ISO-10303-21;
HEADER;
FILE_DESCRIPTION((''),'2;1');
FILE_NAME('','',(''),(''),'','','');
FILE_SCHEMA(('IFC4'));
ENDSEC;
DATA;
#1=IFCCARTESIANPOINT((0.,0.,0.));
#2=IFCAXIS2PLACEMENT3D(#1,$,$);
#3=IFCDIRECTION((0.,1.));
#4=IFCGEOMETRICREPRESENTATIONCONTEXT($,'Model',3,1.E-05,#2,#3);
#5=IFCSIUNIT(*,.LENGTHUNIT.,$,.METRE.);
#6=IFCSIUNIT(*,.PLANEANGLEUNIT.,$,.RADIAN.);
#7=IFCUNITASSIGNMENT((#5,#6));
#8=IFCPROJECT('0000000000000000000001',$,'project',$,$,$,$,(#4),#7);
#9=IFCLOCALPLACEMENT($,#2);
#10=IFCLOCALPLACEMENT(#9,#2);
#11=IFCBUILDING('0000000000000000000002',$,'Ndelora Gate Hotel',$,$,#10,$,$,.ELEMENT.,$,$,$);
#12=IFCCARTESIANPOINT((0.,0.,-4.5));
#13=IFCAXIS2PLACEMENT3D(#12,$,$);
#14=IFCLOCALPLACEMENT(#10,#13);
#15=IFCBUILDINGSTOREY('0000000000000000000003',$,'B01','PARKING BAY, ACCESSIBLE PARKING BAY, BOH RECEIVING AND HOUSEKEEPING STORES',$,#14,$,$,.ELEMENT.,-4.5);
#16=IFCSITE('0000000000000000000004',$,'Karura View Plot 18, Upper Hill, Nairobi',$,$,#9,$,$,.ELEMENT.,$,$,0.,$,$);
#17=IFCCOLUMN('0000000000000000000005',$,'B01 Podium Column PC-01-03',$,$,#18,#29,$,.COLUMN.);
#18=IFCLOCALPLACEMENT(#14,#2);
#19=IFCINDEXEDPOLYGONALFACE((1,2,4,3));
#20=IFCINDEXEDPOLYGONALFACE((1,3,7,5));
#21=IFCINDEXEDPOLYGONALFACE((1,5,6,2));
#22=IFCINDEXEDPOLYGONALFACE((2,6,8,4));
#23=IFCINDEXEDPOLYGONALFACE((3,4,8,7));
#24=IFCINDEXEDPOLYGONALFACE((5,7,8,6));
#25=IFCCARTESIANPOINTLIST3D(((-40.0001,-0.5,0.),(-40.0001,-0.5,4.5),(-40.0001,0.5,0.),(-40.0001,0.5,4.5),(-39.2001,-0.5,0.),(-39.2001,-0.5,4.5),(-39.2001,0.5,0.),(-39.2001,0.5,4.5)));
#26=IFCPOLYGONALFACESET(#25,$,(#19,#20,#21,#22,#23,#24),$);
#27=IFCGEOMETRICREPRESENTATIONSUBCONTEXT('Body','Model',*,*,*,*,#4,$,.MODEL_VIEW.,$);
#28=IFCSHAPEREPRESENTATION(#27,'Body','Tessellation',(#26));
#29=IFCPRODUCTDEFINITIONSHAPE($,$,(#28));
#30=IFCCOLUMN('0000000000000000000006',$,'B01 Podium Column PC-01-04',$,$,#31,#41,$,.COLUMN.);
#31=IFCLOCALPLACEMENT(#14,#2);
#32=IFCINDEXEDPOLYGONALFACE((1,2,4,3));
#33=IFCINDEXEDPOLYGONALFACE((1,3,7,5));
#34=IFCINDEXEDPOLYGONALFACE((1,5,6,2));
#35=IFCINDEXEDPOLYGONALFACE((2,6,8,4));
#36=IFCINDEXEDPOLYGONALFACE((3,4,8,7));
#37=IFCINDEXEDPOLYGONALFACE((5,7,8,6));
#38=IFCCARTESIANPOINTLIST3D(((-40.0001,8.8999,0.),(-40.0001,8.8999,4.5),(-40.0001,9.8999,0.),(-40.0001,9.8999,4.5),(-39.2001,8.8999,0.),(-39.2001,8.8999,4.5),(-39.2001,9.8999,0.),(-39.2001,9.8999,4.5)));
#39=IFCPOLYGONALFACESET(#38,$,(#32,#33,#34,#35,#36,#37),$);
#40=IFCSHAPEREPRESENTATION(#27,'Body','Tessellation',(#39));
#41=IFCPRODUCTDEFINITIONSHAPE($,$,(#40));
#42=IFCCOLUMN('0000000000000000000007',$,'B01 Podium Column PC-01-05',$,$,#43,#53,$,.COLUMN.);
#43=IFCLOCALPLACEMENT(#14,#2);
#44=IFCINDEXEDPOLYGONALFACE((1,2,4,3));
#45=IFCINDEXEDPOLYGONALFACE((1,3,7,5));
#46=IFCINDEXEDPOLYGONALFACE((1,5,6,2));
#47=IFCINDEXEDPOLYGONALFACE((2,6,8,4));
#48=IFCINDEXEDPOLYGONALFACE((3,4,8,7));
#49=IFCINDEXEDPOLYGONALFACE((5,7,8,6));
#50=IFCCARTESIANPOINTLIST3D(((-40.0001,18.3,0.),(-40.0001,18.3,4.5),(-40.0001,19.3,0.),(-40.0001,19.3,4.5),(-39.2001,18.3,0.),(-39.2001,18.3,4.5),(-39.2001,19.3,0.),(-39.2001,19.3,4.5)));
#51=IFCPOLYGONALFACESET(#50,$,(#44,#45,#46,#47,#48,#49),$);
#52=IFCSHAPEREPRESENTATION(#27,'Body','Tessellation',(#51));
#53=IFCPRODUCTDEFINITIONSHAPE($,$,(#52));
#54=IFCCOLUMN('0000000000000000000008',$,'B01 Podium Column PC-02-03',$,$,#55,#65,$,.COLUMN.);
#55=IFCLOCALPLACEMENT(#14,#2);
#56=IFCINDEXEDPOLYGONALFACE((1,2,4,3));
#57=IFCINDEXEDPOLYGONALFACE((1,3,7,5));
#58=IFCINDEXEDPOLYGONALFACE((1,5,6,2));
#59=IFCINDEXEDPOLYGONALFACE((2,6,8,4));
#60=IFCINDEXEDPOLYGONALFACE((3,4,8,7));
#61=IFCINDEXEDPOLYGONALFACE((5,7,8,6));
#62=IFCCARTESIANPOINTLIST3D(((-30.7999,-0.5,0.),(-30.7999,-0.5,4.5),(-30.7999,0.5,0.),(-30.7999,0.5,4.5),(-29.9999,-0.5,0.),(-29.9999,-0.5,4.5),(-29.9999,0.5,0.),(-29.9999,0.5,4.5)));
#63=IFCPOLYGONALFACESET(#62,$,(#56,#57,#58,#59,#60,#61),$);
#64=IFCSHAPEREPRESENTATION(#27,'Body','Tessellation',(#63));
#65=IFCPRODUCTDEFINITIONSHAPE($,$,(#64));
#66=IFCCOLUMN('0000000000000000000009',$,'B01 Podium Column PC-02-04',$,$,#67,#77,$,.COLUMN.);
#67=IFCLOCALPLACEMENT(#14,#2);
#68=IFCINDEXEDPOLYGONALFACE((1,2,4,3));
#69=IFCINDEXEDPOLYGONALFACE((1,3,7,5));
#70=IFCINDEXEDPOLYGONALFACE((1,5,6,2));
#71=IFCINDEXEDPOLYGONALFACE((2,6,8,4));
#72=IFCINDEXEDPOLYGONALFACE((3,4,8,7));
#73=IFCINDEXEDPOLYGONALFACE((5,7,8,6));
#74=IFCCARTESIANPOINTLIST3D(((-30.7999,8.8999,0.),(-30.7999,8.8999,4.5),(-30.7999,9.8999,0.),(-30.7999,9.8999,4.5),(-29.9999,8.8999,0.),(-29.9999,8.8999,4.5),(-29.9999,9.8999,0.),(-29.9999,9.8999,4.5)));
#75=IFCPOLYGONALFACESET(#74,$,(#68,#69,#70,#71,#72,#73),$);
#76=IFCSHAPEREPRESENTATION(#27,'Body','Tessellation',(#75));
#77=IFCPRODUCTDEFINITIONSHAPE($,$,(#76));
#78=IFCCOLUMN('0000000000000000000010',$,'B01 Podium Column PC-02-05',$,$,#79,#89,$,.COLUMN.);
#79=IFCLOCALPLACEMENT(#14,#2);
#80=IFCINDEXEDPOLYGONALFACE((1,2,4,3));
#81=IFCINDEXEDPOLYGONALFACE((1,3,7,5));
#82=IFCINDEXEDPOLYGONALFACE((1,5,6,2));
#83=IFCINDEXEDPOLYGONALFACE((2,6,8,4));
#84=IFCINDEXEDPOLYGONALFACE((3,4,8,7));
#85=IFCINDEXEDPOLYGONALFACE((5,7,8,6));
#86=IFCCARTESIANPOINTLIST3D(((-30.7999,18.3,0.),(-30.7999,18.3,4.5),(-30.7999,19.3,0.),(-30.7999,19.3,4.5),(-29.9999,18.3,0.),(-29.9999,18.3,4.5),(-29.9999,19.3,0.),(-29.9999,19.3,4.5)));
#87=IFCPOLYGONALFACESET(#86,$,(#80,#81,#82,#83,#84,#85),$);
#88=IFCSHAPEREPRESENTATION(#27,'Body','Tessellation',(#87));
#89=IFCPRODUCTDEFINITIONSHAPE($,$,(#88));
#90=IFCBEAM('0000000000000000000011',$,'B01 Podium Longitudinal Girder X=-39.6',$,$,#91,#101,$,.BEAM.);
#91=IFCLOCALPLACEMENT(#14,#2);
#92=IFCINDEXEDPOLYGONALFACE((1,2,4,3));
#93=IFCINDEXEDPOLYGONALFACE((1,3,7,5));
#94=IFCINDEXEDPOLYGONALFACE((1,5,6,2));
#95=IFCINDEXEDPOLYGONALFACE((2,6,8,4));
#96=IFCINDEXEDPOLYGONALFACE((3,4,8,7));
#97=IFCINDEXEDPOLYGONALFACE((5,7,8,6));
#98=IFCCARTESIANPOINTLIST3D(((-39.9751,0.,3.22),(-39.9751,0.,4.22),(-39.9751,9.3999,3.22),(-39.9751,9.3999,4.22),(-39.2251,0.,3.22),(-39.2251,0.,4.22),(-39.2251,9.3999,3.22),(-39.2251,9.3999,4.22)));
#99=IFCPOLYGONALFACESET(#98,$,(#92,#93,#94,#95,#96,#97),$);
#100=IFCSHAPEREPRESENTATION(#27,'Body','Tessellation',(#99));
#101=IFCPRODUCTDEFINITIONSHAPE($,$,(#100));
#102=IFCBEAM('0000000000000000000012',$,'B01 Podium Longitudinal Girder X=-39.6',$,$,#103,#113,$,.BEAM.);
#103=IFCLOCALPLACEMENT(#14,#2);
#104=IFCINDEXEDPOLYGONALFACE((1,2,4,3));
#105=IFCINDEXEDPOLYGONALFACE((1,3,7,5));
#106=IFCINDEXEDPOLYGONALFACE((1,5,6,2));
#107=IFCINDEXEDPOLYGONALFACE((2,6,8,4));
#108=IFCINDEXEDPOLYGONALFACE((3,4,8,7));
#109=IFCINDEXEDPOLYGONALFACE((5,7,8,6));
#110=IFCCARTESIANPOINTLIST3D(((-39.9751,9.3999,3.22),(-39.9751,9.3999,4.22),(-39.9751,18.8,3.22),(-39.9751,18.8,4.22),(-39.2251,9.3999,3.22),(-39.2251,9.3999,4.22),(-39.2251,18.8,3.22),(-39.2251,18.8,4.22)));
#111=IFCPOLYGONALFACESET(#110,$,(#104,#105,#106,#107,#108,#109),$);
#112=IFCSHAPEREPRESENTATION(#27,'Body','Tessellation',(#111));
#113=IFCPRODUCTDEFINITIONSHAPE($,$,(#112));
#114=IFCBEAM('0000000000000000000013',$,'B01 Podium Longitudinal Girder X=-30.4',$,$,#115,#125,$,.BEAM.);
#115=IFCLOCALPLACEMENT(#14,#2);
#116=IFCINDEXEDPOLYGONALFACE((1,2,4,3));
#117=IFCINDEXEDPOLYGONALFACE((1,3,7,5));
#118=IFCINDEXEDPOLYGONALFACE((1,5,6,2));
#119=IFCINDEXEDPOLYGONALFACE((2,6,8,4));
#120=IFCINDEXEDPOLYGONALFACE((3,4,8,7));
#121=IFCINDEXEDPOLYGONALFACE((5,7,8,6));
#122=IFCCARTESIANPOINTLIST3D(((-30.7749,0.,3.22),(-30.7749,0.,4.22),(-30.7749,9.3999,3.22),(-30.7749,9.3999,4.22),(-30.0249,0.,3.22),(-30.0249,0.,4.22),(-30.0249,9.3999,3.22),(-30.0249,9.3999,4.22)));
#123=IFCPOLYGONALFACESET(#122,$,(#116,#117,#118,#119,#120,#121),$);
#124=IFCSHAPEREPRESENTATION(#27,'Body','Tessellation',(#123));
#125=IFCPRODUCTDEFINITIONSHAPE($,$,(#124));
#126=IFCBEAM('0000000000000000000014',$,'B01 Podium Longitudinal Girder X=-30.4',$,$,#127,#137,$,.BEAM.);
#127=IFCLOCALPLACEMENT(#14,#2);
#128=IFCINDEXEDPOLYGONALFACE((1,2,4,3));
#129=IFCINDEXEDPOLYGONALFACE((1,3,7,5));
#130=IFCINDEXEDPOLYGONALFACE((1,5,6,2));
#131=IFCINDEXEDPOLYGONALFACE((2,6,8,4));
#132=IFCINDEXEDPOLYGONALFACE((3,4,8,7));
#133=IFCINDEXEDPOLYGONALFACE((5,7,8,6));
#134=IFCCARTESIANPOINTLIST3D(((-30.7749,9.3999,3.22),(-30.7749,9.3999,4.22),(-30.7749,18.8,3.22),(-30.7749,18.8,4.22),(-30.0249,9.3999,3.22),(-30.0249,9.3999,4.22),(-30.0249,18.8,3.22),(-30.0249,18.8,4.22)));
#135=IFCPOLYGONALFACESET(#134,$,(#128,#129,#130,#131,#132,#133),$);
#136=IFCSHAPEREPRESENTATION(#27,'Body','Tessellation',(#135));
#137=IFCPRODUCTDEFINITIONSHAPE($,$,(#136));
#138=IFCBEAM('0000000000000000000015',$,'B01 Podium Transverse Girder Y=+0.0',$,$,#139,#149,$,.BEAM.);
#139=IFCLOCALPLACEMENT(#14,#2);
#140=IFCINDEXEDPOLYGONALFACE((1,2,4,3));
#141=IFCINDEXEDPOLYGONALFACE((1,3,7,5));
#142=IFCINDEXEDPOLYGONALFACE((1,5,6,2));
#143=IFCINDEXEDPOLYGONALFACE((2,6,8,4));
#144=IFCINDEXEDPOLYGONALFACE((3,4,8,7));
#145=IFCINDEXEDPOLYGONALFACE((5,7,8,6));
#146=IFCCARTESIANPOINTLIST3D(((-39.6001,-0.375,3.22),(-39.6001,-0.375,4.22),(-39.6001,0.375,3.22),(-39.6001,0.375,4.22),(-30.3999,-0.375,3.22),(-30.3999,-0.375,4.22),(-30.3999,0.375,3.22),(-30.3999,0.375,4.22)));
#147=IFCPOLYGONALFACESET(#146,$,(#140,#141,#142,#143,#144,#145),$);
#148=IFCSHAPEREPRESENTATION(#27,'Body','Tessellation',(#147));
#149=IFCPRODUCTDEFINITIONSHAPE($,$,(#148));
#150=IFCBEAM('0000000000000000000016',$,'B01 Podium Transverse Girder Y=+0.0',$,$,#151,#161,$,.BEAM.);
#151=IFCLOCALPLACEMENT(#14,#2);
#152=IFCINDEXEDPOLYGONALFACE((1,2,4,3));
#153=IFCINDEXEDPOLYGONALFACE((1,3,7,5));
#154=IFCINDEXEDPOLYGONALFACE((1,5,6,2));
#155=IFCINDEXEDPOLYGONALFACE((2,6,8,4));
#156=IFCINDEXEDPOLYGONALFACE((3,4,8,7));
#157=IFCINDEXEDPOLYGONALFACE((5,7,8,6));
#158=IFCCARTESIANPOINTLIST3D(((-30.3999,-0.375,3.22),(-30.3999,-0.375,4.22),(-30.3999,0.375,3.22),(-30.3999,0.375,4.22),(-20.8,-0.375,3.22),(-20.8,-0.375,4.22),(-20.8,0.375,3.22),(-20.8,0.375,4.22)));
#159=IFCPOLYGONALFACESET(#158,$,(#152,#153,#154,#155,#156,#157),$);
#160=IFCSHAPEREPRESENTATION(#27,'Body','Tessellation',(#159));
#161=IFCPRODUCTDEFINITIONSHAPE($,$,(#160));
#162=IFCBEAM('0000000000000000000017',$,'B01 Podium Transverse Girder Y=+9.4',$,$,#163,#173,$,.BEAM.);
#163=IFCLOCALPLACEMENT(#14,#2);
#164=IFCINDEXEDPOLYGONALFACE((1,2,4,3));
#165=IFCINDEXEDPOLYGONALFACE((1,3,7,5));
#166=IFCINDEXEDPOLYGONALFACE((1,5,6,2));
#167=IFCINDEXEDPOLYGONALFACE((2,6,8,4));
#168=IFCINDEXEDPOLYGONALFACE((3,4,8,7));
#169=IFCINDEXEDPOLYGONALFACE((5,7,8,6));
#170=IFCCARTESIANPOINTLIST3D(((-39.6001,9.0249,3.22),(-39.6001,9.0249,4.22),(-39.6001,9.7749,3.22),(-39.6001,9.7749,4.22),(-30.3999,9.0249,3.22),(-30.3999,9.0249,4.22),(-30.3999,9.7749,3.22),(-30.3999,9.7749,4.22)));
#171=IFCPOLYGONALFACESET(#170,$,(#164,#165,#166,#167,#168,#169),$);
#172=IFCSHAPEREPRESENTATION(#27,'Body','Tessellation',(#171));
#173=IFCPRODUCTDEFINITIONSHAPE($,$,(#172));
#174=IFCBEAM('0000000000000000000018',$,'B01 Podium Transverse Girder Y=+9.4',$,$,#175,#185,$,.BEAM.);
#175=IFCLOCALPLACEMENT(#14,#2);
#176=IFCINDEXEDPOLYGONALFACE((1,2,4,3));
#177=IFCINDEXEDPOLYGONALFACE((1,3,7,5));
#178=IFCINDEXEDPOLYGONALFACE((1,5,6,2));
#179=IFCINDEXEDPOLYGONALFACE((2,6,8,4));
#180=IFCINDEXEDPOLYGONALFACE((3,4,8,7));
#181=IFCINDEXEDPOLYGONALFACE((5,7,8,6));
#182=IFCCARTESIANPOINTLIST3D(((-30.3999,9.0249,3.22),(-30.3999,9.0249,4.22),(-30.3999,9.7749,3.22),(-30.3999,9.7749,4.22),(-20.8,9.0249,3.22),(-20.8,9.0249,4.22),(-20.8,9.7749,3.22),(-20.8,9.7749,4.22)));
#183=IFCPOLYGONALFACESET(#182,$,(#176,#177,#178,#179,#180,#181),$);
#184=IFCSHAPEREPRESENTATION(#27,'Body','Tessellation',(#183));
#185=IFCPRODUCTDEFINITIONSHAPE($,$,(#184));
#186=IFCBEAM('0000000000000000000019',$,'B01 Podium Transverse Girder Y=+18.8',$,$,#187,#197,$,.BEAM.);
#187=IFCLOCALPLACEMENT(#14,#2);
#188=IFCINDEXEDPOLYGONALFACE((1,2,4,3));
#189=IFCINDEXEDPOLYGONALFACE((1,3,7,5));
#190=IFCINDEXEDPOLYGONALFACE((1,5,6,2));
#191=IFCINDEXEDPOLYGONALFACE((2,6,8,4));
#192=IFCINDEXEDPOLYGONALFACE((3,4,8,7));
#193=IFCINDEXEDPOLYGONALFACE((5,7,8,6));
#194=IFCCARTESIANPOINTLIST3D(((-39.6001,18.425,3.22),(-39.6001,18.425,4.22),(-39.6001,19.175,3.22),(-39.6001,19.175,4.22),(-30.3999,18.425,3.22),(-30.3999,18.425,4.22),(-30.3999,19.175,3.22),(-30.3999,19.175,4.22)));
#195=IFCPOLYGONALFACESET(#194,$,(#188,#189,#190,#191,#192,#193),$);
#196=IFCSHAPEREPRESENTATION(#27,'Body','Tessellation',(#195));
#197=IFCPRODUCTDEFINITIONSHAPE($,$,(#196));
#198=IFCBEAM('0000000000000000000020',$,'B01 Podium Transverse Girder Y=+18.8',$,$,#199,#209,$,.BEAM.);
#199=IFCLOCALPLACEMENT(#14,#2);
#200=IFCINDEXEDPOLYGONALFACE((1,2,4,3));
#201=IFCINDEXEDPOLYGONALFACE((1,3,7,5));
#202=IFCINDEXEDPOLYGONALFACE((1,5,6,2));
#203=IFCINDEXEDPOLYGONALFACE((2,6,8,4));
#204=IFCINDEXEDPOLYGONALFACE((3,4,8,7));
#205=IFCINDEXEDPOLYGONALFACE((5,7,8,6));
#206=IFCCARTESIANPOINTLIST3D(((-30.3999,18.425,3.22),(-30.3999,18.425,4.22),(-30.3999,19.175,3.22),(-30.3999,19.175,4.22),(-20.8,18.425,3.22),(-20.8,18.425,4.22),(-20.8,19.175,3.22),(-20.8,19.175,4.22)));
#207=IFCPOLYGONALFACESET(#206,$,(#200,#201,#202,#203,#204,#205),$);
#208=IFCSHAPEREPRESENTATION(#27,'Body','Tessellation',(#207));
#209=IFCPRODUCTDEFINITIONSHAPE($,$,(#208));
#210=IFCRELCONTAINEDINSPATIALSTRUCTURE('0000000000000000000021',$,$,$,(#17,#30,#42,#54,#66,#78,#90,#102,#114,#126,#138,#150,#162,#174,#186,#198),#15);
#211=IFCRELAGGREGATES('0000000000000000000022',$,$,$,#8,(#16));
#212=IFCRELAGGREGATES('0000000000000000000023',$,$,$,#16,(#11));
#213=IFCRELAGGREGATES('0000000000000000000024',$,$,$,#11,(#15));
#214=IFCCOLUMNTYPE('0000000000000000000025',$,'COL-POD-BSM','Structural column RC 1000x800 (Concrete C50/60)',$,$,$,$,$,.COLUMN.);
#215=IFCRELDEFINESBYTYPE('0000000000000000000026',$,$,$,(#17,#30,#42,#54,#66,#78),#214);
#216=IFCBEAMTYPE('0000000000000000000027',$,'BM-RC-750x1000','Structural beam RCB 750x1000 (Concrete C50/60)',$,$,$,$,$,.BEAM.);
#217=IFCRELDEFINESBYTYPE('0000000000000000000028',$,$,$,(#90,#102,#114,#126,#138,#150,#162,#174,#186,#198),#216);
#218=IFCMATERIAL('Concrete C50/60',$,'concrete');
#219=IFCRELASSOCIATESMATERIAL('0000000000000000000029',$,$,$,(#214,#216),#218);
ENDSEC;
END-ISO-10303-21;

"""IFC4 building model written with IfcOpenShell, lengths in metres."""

from ifc_helpers import new_model, si_unit, direction, frame, origin, origin_2d, place, context, subcontext, project, spatial, rectangle, extrude, material, material_profile, profile_set, type_object, element, save


model = new_model("IFC4")

# Units and contexts
model_context = context("Model", 3, precision=1e-05, world=origin(), true_north=direction((0.0, 1.0)))
body_context = subcontext(model_context, "Body", "Model", "MODEL_VIEW")
ifc_project = project(units=[si_unit("LENGTHUNIT", "METRE"), si_unit("PLANEANGLEUNIT", "RADIAN")], contexts=[model_context])

# Site, building, storey
site_placement = place(None, origin())
site = spatial("IfcSite", under=ifc_project, at=site_placement, Name="Karura View Plot 18, Upper Hill, Nairobi", CompositionType="ELEMENT", RefElevation=0.0)
building_placement = place(site_placement, origin())
building = spatial("IfcBuilding", under=site, at=building_placement, Name="Ndelora Gate Hotel", CompositionType="ELEMENT")
storey_placement = place(building_placement, frame((0.0, 0.0, -4.5)))
storey = spatial("IfcBuildingStorey", under=building, at=storey_placement, Name="B01", Description="PARKING BAY, ACCESSIBLE PARKING BAY, BOH RECEIVING AND HOUSEKEEPING STORES", CompositionType="ELEMENT", Elevation=-4.5)

# Columns
ifc_material_1 = material(Name="Concrete C50/60", Category="concrete")
ifc_material_profile_1 = material_profile(ifc_material_1, rectangle(XDim=0.8, YDim=1.0, at=origin_2d()), Name="RC 1000x800")
ifc_profile_set_1 = profile_set([ifc_material_profile_1], Name="Concrete C50/60")
column_type = type_object("IfcColumnType", Name="COL-POD-BSM", Description="Structural column RC 1000x800 (Concrete C50/60)", PredefinedType="COLUMN", material=ifc_profile_set_1)
for number, where, z_axis, x_axis, name in (
    (1, (-39.6001, 0.0, 0.0), (0.0, 0.0, 1.0), (1.0, 0.0, 0.0), "B01 Podium Column PC-01-03"),
    (2, (-39.6001, 9.3999, 0.0), (0.0, 0.0, 1.0), (1.0, 0.0, 0.0), "B01 Podium Column PC-01-04"),
    (3, (-39.6001, 18.8, 0.0), (0.0, 0.0, 1.0), (1.0, 0.0, 0.0), "B01 Podium Column PC-01-05"),
    (4, (-30.3999, 0.0, 0.0), (0.0, 0.0, 1.0), (1.0, 0.0, 0.0), "B01 Podium Column PC-02-03"),
    (5, (-30.3999, 9.3999, 0.0), (0.0, 0.0, 1.0), (1.0, 0.0, 0.0), "B01 Podium Column PC-02-04"),
    (6, (-30.3999, 18.8, 0.0), (0.0, 0.0, 1.0), (1.0, 0.0, 0.0), "B01 Podium Column PC-02-05"),
):
    element("IfcColumn", number, at=place(storey_placement, frame(where, z_axis=z_axis, x_axis=x_axis)), inside=storey, type_object=column_type, Name=name, PredefinedType="COLUMN", context=body_context, shape_type="SweptSolid", body=[
        extrude(rectangle(XDim=0.8, YDim=1.0, at=origin_2d()), origin(), (0.0, 0.0, 1.0), 4.5),
    ])

# Beams
ifc_material_profile_2 = material_profile(ifc_material_1, rectangle(XDim=0.75, YDim=1.0, at=origin_2d()), Name="RCB 750x1000")
ifc_profile_set_2 = profile_set([ifc_material_profile_2], Name="Concrete C50/60")
beam_type = type_object("IfcBeamType", Name="BM-RC-750x1000", Description="Structural beam RCB 750x1000 (Concrete C50/60)", PredefinedType="BEAM", material=ifc_profile_set_2)
beam_1_placement = place(storey_placement, frame((-39.6001, 0.0, 3.72), z_axis=(0.0, 1.0, 0.0), x_axis=(-1.0, 0.0, 0.0)))
element("IfcBeam", 7, at=beam_1_placement, inside=storey, type_object=beam_type, Name="B01 Podium Longitudinal Girder X=-39.6", PredefinedType="BEAM", context=body_context, shape_type="SweptSolid", body=[
    extrude(rectangle(XDim=0.75, YDim=1.0, at=origin_2d()), origin(), (0.0, 0.0, 1.0), 9.3999),
])
beam_2_placement = place(storey_placement, frame((-39.6001, 9.3999, 3.72), z_axis=(0.0, 1.0, 0.0), x_axis=(-1.0, 0.0, 0.0)))
element("IfcBeam", 8, at=beam_2_placement, inside=storey, type_object=beam_type, Name="B01 Podium Longitudinal Girder X=-39.6", PredefinedType="BEAM", context=body_context, shape_type="SweptSolid", body=[
    extrude(rectangle(XDim=0.75, YDim=1.0, at=origin_2d()), origin(), (0.0, 0.0, 1.0), 9.4001),
])
beam_3_placement = place(storey_placement, frame((-30.3999, 0.0, 3.72), z_axis=(0.0, 1.0, 0.0), x_axis=(-1.0, 0.0, 0.0)))
element("IfcBeam", 9, at=beam_3_placement, inside=storey, type_object=beam_type, Name="B01 Podium Longitudinal Girder X=-30.4", PredefinedType="BEAM", context=body_context, shape_type="SweptSolid", body=[
    extrude(rectangle(XDim=0.75, YDim=1.0, at=origin_2d()), origin(), (0.0, 0.0, 1.0), 9.3999),
])
beam_4_placement = place(storey_placement, frame((-30.3999, 9.3999, 3.72), z_axis=(0.0, 1.0, 0.0), x_axis=(-1.0, 0.0, 0.0)))
element("IfcBeam", 10, at=beam_4_placement, inside=storey, type_object=beam_type, Name="B01 Podium Longitudinal Girder X=-30.4", PredefinedType="BEAM", context=body_context, shape_type="SweptSolid", body=[
    extrude(rectangle(XDim=0.75, YDim=1.0, at=origin_2d()), origin(), (0.0, 0.0, 1.0), 9.4001),
])
beam_5_placement = place(storey_placement, frame((-39.6001, 0.0, 3.72), z_axis=(1.0, 0.0, 0.0), x_axis=(0.0, 1.0, 0.0)))
element("IfcBeam", 11, at=beam_5_placement, inside=storey, type_object=beam_type, Name="B01 Podium Transverse Girder Y=+0.0", PredefinedType="BEAM", context=body_context, shape_type="SweptSolid", body=[
    extrude(rectangle(XDim=0.75, YDim=1.0, at=origin_2d()), origin(), (0.0, 0.0, 1.0), 9.2002),
])
beam_6_placement = place(storey_placement, frame((-30.3999, 0.0, 3.72), z_axis=(1.0, 0.0, 0.0), x_axis=(0.0, 1.0, 0.0)))
element("IfcBeam", 12, at=beam_6_placement, inside=storey, type_object=beam_type, Name="B01 Podium Transverse Girder Y=+0.0", PredefinedType="BEAM", context=body_context, shape_type="SweptSolid", body=[
    extrude(rectangle(XDim=0.75, YDim=1.0, at=origin_2d()), origin(), (0.0, 0.0, 1.0), 9.5999),
])
beam_7_placement = place(storey_placement, frame((-39.6001, 9.3999, 3.72), z_axis=(1.0, 0.0, 0.0), x_axis=(0.0, 1.0, 0.0)))
element("IfcBeam", 13, at=beam_7_placement, inside=storey, type_object=beam_type, Name="B01 Podium Transverse Girder Y=+9.4", PredefinedType="BEAM", context=body_context, shape_type="SweptSolid", body=[
    extrude(rectangle(XDim=0.75, YDim=1.0, at=origin_2d()), origin(), (0.0, 0.0, 1.0), 9.2002),
])
beam_8_placement = place(storey_placement, frame((-30.3999, 9.3999, 3.72), z_axis=(1.0, 0.0, 0.0), x_axis=(0.0, 1.0, 0.0)))
element("IfcBeam", 14, at=beam_8_placement, inside=storey, type_object=beam_type, Name="B01 Podium Transverse Girder Y=+9.4", PredefinedType="BEAM", context=body_context, shape_type="SweptSolid", body=[
    extrude(rectangle(XDim=0.75, YDim=1.0, at=origin_2d()), origin(), (0.0, 0.0, 1.0), 9.5999),
])
beam_9_placement = place(storey_placement, frame((-39.6001, 18.8, 3.72), z_axis=(1.0, 0.0, 0.0), x_axis=(0.0, 1.0, 0.0)))
element("IfcBeam", 15, at=beam_9_placement, inside=storey, type_object=beam_type, Name="B01 Podium Transverse Girder Y=+18.8", PredefinedType="BEAM", context=body_context, shape_type="SweptSolid", body=[
    extrude(rectangle(XDim=0.75, YDim=1.0, at=origin_2d()), origin(), (0.0, 0.0, 1.0), 9.2002),
])
beam_10_placement = place(storey_placement, frame((-30.3999, 18.8, 3.72), z_axis=(1.0, 0.0, 0.0), x_axis=(0.0, 1.0, 0.0)))
element("IfcBeam", 16, at=beam_10_placement, inside=storey, type_object=beam_type, Name="B01 Podium Transverse Girder Y=+18.8", PredefinedType="BEAM", context=body_context, shape_type="SweptSolid", body=[
    extrude(rectangle(XDim=0.75, YDim=1.0, at=origin_2d()), origin(), (0.0, 0.0, 1.0), 9.5999),
])

save(model, "model.ifc")
